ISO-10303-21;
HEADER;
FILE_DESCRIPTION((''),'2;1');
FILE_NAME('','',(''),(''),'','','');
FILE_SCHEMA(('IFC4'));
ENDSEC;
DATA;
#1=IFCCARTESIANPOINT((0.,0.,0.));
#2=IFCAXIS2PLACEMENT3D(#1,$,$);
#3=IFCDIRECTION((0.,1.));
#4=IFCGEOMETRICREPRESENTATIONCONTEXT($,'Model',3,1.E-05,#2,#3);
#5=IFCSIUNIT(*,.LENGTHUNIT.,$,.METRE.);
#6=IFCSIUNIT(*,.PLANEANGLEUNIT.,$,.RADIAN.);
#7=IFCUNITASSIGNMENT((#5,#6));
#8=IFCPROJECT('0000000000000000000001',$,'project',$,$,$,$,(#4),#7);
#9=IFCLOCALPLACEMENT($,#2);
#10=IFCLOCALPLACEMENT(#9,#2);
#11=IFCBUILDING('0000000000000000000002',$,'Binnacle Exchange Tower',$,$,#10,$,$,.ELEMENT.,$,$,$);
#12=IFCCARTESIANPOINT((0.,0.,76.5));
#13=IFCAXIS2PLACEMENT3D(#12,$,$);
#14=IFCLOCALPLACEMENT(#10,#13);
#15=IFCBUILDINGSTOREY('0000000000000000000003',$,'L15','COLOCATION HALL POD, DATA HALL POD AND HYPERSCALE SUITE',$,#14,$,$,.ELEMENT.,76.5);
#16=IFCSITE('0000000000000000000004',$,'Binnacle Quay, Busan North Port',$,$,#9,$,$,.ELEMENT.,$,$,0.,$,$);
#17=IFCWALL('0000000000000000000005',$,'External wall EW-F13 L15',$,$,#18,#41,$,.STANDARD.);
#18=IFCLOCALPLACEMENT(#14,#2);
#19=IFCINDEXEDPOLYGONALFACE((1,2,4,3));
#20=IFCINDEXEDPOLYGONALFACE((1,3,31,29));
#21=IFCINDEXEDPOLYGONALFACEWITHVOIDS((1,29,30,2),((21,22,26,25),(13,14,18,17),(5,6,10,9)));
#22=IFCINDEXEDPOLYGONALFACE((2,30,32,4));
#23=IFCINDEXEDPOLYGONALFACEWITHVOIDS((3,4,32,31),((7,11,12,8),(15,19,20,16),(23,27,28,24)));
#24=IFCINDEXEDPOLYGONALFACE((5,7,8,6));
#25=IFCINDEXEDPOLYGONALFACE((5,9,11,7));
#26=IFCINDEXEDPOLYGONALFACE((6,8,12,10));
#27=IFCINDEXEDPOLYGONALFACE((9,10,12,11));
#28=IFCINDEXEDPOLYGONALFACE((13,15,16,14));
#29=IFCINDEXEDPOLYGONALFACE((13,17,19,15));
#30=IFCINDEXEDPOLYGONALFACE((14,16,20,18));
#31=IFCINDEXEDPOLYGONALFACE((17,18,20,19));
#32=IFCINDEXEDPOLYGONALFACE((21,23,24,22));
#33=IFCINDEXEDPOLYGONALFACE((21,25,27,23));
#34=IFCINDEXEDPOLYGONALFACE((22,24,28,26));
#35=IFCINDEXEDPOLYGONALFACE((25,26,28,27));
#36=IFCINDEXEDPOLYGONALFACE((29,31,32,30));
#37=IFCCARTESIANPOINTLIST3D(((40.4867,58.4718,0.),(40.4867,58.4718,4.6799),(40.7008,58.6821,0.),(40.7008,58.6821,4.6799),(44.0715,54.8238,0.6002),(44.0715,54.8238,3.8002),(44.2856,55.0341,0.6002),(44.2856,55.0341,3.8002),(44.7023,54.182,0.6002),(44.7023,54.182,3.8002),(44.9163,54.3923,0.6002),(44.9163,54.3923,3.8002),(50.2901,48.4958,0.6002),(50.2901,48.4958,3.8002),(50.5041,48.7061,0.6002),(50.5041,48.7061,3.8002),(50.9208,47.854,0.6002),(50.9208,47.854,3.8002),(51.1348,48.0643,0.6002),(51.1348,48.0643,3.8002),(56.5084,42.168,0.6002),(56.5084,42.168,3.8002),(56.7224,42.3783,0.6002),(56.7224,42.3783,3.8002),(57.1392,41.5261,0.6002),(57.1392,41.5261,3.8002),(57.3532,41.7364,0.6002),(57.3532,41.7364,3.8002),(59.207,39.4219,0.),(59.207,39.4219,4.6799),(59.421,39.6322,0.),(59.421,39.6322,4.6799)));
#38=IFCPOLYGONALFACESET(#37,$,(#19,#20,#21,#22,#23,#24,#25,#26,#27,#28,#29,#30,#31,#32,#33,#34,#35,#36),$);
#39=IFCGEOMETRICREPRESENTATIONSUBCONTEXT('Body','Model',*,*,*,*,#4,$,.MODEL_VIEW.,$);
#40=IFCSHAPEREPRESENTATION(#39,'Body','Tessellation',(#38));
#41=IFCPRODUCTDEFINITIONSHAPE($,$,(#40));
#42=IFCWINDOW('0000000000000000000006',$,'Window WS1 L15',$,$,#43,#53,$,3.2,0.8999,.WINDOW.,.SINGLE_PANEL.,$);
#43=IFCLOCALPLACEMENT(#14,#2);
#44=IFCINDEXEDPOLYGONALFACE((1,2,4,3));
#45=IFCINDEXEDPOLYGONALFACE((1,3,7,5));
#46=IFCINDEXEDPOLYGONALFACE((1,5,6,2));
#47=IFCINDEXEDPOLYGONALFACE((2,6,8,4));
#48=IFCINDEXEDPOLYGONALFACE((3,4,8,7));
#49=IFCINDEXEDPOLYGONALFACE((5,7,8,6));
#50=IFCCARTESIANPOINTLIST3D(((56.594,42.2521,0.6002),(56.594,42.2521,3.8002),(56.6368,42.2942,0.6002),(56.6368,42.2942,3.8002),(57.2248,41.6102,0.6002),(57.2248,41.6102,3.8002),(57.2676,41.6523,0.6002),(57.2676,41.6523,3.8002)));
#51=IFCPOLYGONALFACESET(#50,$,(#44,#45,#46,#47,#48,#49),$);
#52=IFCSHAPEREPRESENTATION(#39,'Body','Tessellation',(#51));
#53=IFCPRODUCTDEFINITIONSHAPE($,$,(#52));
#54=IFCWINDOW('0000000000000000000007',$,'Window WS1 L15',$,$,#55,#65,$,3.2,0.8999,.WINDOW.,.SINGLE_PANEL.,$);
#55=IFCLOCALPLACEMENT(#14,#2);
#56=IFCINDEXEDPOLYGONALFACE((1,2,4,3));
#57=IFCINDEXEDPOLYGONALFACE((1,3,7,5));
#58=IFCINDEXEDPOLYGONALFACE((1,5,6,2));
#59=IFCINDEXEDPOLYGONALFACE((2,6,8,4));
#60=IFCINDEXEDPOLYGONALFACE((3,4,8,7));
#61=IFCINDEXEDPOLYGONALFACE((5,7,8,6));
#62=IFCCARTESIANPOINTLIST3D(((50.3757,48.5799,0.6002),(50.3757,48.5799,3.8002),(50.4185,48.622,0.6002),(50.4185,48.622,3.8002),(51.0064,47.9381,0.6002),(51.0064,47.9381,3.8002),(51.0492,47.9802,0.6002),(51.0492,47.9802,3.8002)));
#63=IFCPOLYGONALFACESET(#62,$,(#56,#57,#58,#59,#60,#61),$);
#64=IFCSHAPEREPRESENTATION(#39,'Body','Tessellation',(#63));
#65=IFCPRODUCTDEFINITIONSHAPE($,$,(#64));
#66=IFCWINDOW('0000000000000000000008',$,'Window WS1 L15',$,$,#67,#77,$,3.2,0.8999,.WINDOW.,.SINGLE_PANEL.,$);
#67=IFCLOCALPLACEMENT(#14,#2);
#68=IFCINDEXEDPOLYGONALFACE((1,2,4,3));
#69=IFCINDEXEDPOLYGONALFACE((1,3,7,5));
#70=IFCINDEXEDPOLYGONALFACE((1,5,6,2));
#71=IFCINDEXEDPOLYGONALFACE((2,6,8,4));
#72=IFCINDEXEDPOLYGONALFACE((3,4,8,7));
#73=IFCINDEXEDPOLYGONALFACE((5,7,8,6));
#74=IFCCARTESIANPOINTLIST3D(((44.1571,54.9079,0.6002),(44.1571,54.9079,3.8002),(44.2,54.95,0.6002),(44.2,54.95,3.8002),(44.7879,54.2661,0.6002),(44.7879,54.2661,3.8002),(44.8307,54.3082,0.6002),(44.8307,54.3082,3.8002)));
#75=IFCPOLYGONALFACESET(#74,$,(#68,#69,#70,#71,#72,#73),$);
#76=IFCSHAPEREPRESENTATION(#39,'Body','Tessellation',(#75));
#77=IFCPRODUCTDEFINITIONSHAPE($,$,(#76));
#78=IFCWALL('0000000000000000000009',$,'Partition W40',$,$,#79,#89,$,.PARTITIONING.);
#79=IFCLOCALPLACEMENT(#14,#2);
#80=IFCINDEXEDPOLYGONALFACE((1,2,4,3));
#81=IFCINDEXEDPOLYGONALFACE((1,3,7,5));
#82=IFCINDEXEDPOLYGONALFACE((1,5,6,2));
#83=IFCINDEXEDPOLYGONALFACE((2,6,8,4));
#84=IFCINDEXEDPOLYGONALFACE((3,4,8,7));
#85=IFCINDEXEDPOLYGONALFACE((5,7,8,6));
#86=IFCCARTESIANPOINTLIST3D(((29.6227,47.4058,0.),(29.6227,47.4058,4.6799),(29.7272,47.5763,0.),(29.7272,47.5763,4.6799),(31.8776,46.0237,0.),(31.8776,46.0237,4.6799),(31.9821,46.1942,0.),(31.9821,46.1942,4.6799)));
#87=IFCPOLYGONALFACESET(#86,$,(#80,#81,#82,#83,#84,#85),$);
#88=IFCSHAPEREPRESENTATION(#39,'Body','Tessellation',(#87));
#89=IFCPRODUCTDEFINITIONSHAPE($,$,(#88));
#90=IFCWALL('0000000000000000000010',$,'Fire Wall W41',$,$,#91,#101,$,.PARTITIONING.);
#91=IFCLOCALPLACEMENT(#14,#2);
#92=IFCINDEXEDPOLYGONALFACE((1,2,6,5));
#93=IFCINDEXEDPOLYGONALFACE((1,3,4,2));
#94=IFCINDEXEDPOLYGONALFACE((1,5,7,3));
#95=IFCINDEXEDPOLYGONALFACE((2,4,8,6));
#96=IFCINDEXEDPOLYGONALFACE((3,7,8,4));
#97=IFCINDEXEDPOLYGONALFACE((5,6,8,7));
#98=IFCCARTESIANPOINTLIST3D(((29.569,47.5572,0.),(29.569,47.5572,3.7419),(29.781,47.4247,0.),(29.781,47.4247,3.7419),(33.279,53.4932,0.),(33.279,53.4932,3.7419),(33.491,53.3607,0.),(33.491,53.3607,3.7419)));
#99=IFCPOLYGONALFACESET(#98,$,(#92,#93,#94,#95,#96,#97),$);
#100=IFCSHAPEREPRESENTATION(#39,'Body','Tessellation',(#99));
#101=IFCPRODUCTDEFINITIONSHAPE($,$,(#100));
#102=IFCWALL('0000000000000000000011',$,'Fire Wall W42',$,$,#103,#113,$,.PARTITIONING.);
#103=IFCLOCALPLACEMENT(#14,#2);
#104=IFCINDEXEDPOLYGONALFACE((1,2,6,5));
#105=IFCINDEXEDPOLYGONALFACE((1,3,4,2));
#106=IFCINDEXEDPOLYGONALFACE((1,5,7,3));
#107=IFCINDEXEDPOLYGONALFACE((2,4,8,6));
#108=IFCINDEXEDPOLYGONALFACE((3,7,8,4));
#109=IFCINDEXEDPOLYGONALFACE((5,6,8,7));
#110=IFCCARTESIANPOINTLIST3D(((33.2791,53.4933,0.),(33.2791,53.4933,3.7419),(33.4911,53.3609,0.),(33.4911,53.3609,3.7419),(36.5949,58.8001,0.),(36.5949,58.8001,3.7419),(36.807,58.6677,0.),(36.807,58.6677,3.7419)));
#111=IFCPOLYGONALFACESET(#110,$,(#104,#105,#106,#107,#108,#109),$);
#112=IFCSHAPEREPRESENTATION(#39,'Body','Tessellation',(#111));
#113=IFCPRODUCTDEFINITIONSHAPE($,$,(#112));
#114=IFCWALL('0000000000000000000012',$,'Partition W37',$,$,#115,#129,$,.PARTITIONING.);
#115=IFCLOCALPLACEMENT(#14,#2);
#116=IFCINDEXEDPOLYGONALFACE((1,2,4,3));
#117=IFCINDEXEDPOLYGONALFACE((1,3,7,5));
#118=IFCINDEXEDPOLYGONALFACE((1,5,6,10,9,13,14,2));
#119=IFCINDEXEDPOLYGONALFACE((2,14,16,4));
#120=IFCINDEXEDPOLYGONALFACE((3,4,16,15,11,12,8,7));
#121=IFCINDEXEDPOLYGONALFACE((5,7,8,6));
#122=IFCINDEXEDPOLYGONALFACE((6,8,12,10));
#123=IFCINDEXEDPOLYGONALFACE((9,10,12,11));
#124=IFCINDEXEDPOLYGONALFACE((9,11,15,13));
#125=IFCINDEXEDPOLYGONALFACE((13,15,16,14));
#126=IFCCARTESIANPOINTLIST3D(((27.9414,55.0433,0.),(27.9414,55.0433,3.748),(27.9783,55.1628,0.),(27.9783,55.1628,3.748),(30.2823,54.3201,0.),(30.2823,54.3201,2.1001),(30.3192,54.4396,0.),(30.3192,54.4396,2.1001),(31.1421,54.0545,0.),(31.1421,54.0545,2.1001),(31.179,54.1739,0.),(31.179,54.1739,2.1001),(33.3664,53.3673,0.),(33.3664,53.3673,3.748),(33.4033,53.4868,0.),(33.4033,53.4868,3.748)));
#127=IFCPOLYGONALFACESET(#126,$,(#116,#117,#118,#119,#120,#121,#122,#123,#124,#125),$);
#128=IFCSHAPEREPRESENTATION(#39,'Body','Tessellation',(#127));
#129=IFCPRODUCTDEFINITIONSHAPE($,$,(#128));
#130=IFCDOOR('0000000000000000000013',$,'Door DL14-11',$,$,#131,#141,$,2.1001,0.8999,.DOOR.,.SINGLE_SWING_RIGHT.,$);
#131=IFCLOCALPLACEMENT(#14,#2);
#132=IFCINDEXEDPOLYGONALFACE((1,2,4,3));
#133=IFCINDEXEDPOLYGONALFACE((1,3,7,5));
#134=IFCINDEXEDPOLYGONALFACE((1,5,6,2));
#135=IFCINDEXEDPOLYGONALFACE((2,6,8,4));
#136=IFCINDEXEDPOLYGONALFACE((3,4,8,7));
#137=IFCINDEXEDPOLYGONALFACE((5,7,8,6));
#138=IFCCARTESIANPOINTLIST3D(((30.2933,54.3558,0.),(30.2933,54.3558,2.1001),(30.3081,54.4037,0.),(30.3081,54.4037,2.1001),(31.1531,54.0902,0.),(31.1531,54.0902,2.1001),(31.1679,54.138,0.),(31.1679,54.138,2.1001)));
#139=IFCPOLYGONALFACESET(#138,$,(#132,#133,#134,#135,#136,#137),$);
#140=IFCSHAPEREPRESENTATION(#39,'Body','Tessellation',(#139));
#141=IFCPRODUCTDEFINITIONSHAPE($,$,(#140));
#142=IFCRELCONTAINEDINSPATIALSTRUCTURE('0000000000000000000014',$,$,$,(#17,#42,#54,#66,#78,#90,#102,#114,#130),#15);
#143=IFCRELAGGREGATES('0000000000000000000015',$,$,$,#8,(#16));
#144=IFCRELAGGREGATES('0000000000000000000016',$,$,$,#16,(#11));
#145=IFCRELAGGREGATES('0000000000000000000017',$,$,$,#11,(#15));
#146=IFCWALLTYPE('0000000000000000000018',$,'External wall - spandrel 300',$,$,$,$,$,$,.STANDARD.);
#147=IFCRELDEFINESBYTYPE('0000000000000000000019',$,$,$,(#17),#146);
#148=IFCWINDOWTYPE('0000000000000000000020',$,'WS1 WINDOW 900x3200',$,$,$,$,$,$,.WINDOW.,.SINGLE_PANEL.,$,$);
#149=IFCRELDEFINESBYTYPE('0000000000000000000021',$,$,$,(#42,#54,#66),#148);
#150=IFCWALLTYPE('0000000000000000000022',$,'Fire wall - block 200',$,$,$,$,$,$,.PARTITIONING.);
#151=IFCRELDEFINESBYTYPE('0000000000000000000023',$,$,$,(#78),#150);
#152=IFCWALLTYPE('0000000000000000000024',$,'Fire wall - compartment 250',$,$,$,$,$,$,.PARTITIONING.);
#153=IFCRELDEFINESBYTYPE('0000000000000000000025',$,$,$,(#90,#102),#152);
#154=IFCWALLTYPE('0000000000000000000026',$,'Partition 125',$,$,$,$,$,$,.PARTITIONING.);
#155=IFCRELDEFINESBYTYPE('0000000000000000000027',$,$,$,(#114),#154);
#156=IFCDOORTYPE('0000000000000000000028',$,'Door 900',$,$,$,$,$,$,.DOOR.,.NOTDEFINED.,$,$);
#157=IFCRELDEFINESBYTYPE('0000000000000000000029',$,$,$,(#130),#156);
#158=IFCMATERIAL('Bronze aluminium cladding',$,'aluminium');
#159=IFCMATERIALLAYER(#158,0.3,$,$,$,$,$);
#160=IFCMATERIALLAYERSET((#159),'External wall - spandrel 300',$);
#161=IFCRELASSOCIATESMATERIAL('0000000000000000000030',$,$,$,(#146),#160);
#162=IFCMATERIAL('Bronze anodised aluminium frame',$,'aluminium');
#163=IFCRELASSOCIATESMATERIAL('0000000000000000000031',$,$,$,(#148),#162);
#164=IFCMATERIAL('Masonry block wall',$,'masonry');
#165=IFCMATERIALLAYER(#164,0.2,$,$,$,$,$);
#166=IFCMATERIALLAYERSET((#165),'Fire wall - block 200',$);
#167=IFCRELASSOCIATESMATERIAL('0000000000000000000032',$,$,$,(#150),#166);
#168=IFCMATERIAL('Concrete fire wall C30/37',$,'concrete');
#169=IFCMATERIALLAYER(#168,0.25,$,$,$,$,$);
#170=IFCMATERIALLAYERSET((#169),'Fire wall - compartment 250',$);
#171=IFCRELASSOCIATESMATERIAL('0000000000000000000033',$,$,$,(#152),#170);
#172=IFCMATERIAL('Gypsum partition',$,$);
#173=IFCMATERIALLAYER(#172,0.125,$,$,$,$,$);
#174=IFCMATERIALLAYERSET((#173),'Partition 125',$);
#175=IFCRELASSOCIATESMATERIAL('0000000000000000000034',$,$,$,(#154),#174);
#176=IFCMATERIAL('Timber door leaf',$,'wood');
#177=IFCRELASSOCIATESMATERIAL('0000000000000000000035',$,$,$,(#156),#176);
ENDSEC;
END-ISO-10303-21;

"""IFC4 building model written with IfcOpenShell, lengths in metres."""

from ifc_helpers import new_model, si_unit, direction, frame, frame_2d, origin, place, context, subcontext, project, spatial, rectangle, extrude, material, layer, layer_set, type_object, element, fill, save


model = new_model("IFC4")

# Units and contexts
model_context = context("Model", 3, precision=1e-05, world=origin(), true_north=direction((0.0, 1.0)))
body_context = subcontext(model_context, "Body", "Model", "MODEL_VIEW")
ifc_project = project(units=[si_unit("LENGTHUNIT", "METRE"), si_unit("PLANEANGLEUNIT", "RADIAN")], contexts=[model_context])

# Site, building, storey
site_placement = place(None, origin())
site = spatial("IfcSite", under=ifc_project, at=site_placement, Name="Binnacle Quay, Busan North Port", CompositionType="ELEMENT", RefElevation=0.0)
building_placement = place(site_placement, origin())
building = spatial("IfcBuilding", under=site, at=building_placement, Name="Binnacle Exchange Tower", CompositionType="ELEMENT")
storey_placement = place(building_placement, frame((0.0, 0.0, 76.5)))
storey = spatial("IfcBuildingStorey", under=building, at=storey_placement, Name="L15", Description="COLOCATION HALL POD, DATA HALL POD AND HYPERSCALE SUITE", CompositionType="ELEMENT", Elevation=76.5)

# Shared definitions
ifc_material_1 = material(Name="Bronze aluminium cladding", Category="aluminium")
ifc_layer_1 = layer(ifc_material_1, 0.3)
ifc_layer_set_1 = layer_set([ifc_layer_1], Name="External wall - spandrel 300")
wall_type_1 = type_object("IfcWallType", Name="External wall - spandrel 300", PredefinedType="STANDARD", material=ifc_layer_set_1)

# Wall, openings, windows
wall_1_placement = place(storey_placement, frame((40.5938, 58.5769, 0.0), z_axis=(0.0, 0.0, 1.0), x_axis=(0.70091, -0.71325, 0.0)))
wall_1 = element("IfcWall", 1, at=wall_1_placement, inside=storey, type_object=wall_type_1, Name="External wall EW-F13 L15", PredefinedType="STANDARD", context=body_context, shape_type="SweptSolid", body=[
    extrude(rectangle(XDim=26.7085, YDim=0.3, at=frame_2d((13.3542, 0.0))), origin(), (0.0, 0.0, 1.0), 4.6799),
])
opening_1_placement = place(wall_1_placement, frame((22.8584, 0.0, 0.6001)))
opening_1 = element("IfcOpeningElement", 2, at=opening_1_placement, cuts=wall_1, PredefinedType="OPENING", context=body_context, shape_type="SweptSolid", body=[
    extrude(rectangle(XDim=0.8999, YDim=3.2, at=frame_2d((0.45, 1.6001))), frame((0.0, 0.1599, 0.0), z_axis=(0.0, -1.0, 0.0), x_axis=(1.0, 0.0, 0.0)), (0.0, 0.0, 1.0), 0.3201),
])
opening_2_placement = place(wall_1_placement, frame((13.9866, 0.0, 0.6001)))
opening_2 = element("IfcOpeningElement", 3, at=opening_2_placement, cuts=wall_1, PredefinedType="OPENING", context=body_context, shape_type="SweptSolid", body=[
    extrude(rectangle(XDim=0.8999, YDim=3.2, at=frame_2d((0.45, 1.6001))), frame((0.0, 0.1599, 0.0), z_axis=(0.0, -1.0, 0.0), x_axis=(1.0, 0.0, 0.0)), (0.0, 0.0, 1.0), 0.3201),
])
opening_3_placement = place(wall_1_placement, frame((5.1145, 0.0, 0.6001)))
opening_3 = element("IfcOpeningElement", 4, at=opening_3_placement, cuts=wall_1, PredefinedType="OPENING", context=body_context, shape_type="SweptSolid", body=[
    extrude(rectangle(XDim=0.8999, YDim=3.2, at=frame_2d((0.45, 1.6001))), frame((0.0, 0.1599, 0.0), z_axis=(0.0, -1.0, 0.0), x_axis=(1.0, 0.0, 0.0)), (0.0, 0.0, 1.0), 0.3201),
])
ifc_material_2 = material(Name="Bronze anodised aluminium frame", Category="aluminium")
window_type = type_object("IfcWindowType", Name="WS1 WINDOW 900x3200", PartitioningType="SINGLE_PANEL", PredefinedType="WINDOW", material=ifc_material_2)
window_1_placement = place(opening_1_placement, origin())
window_1 = element("IfcWindow", 5, at=window_1_placement, inside=storey, type_object=window_type, Name="Window WS1 L15", OverallHeight=3.2, OverallWidth=0.8999, PartitioningType="SINGLE_PANEL", PredefinedType="WINDOW", context=body_context, shape_type="SweptSolid", body=[
    extrude(rectangle(XDim=0.8999, YDim=3.2, at=frame_2d((0.45, 1.6001))), frame((0.0, 0.03, 0.0), z_axis=(0.0, -1.0, 0.0), x_axis=(1.0, 0.0, 0.0)), (0.0, 0.0, 1.0), 0.0601),
])
fill(opening_1, window_1)
window_2_placement = place(opening_2_placement, origin())
window_2 = element("IfcWindow", 6, at=window_2_placement, inside=storey, type_object=window_type, Name="Window WS1 L15", OverallHeight=3.2, OverallWidth=0.8999, PartitioningType="SINGLE_PANEL", PredefinedType="WINDOW", context=body_context, shape_type="SweptSolid", body=[
    extrude(rectangle(XDim=0.8999, YDim=3.2, at=frame_2d((0.45, 1.6001))), frame((0.0, 0.03, 0.0), z_axis=(0.0, -1.0, 0.0), x_axis=(1.0, 0.0, 0.0)), (0.0, 0.0, 1.0), 0.0601),
])
fill(opening_2, window_2)
window_3_placement = place(opening_3_placement, origin())
window_3 = element("IfcWindow", 7, at=window_3_placement, inside=storey, type_object=window_type, Name="Window WS1 L15", OverallHeight=3.2, OverallWidth=0.8999, PartitioningType="SINGLE_PANEL", PredefinedType="WINDOW", context=body_context, shape_type="SweptSolid", body=[
    extrude(rectangle(XDim=0.8999, YDim=3.2, at=frame_2d((0.45, 1.6001))), frame((0.0, 0.03, 0.0), z_axis=(0.0, -1.0, 0.0), x_axis=(1.0, 0.0, 0.0)), (0.0, 0.0, 1.0), 0.0601),
])
fill(opening_3, window_3)

# Walls
ifc_material_3 = material(Name="Masonry block wall", Category="masonry")
ifc_layer_2 = layer(ifc_material_3, 0.2)
ifc_layer_set_2 = layer_set([ifc_layer_2], Name="Fire wall - block 200")
wall_type_2 = type_object("IfcWallType", Name="Fire wall - block 200", PredefinedType="PARTITIONING", material=ifc_layer_set_2)
wall_2_placement = place(storey_placement, frame((29.675, 47.491, 0.0), z_axis=(0.0, 0.0, 1.0), x_axis=(0.852592, -0.522577, 0.0)))
element("IfcWall", 8, at=wall_2_placement, inside=storey, type_object=wall_type_2, Name="Partition W40", PredefinedType="PARTITIONING", context=body_context, shape_type="SweptSolid", body=[
    extrude(rectangle(XDim=2.6448, YDim=0.2, at=frame_2d((1.3223, 0.0))), origin(), (0.0, 0.0, 1.0), 4.6799),
])
ifc_material_4 = material(Name="Concrete fire wall C30/37", Category="concrete")
ifc_layer_3 = layer(ifc_material_4, 0.25)
ifc_layer_set_3 = layer_set([ifc_layer_3], Name="Fire wall - compartment 250")
wall_type_3 = type_object("IfcWallType", Name="Fire wall - compartment 250", PredefinedType="PARTITIONING", material=ifc_layer_set_3)
wall_3_placement = place(storey_placement, frame((29.675, 47.491, 0.0), z_axis=(0.0, 0.0, 1.0), x_axis=(0.529993, 0.848002, 0.0)))
element("IfcWall", 9, at=wall_3_placement, inside=storey, type_object=wall_type_3, Name="Fire Wall W41", PredefinedType="PARTITIONING", context=body_context, shape_type="SweptSolid", body=[
    extrude(rectangle(XDim=7.0, YDim=0.25, at=frame_2d((3.5, 0.0))), origin(), (0.0, 0.0, 1.0), 3.7419),
])
wall_4_placement = place(storey_placement, frame((33.385, 53.427, 0.0), z_axis=(0.0, 0.0, 1.0), x_axis=(0.529897, 0.848062, 0.0)))
element("IfcWall", 10, at=wall_4_placement, inside=storey, type_object=wall_type_3, Name="Fire Wall W42", PredefinedType="PARTITIONING", context=body_context, shape_type="SweptSolid", body=[
    extrude(rectangle(XDim=6.2576, YDim=0.25, at=frame_2d((3.1289, 0.0))), origin(), (0.0, 0.0, 1.0), 3.7419),
])

# Wall, opening, door
ifc_material_5 = material(Name="Gypsum partition")
ifc_layer_4 = layer(ifc_material_5, 0.125)
ifc_layer_set_4 = layer_set([ifc_layer_4], Name="Partition 125")
wall_type_4 = type_object("IfcWallType", Name="Partition 125", PredefinedType="PARTITIONING", material=ifc_layer_set_4)
wall_5_placement = place(storey_placement, frame((27.96, 55.103, 0.0), z_axis=(0.0, 0.0, 1.0), x_axis=(0.955443, -0.295176, 0.0)))
wall_5 = element("IfcWall", 11, at=wall_5_placement, inside=storey, type_object=wall_type_4, Name="Partition W37", PredefinedType="PARTITIONING", context=body_context, shape_type="SweptSolid", body=[
    extrude(rectangle(XDim=5.678, YDim=0.125, at=frame_2d((2.8389, 0.0))), origin(), (0.0, 0.0, 1.0), 3.748),
])
opening_4_placement = place(wall_5_placement, frame((2.45, 0.0, 0.0)))
opening_4 = element("IfcOpeningElement", 12, at=opening_4_placement, cuts=wall_5, PredefinedType="OPENING", context=body_context, shape_type="SweptSolid", body=[
    extrude(rectangle(XDim=0.8999, YDim=2.1001, at=frame_2d((0.45, 1.05))), frame((0.0, 0.0725, 0.0), z_axis=(0.0, -1.0, 0.0), x_axis=(1.0, 0.0, 0.0)), (0.0, 0.0, 1.0), 0.145),
])
ifc_material_6 = material(Name="Timber door leaf", Category="wood")
door_type_1 = type_object("IfcDoorType", Name="Door 900", OperationType="NOTDEFINED", PredefinedType="DOOR", material=ifc_material_6)
door_1_placement = place(opening_4_placement, origin())
door_1 = element("IfcDoor", 13, at=door_1_placement, inside=storey, type_object=door_type_1, Name="Door DL14-11", OperationType="SINGLE_SWING_RIGHT", OverallHeight=2.1001, OverallWidth=0.8999, PredefinedType="DOOR", context=body_context, shape_type="SweptSolid", body=[
    extrude(rectangle(XDim=0.8999, YDim=2.1001, at=frame_2d((0.45, 1.05))), frame((0.0, 0.0249, 0.0), z_axis=(0.0, -1.0, 0.0), x_axis=(1.0, 0.0, 0.0)), (0.0, 0.0, 1.0), 0.05),
])
fill(opening_4, door_1)

save(model, "model.ifc")
